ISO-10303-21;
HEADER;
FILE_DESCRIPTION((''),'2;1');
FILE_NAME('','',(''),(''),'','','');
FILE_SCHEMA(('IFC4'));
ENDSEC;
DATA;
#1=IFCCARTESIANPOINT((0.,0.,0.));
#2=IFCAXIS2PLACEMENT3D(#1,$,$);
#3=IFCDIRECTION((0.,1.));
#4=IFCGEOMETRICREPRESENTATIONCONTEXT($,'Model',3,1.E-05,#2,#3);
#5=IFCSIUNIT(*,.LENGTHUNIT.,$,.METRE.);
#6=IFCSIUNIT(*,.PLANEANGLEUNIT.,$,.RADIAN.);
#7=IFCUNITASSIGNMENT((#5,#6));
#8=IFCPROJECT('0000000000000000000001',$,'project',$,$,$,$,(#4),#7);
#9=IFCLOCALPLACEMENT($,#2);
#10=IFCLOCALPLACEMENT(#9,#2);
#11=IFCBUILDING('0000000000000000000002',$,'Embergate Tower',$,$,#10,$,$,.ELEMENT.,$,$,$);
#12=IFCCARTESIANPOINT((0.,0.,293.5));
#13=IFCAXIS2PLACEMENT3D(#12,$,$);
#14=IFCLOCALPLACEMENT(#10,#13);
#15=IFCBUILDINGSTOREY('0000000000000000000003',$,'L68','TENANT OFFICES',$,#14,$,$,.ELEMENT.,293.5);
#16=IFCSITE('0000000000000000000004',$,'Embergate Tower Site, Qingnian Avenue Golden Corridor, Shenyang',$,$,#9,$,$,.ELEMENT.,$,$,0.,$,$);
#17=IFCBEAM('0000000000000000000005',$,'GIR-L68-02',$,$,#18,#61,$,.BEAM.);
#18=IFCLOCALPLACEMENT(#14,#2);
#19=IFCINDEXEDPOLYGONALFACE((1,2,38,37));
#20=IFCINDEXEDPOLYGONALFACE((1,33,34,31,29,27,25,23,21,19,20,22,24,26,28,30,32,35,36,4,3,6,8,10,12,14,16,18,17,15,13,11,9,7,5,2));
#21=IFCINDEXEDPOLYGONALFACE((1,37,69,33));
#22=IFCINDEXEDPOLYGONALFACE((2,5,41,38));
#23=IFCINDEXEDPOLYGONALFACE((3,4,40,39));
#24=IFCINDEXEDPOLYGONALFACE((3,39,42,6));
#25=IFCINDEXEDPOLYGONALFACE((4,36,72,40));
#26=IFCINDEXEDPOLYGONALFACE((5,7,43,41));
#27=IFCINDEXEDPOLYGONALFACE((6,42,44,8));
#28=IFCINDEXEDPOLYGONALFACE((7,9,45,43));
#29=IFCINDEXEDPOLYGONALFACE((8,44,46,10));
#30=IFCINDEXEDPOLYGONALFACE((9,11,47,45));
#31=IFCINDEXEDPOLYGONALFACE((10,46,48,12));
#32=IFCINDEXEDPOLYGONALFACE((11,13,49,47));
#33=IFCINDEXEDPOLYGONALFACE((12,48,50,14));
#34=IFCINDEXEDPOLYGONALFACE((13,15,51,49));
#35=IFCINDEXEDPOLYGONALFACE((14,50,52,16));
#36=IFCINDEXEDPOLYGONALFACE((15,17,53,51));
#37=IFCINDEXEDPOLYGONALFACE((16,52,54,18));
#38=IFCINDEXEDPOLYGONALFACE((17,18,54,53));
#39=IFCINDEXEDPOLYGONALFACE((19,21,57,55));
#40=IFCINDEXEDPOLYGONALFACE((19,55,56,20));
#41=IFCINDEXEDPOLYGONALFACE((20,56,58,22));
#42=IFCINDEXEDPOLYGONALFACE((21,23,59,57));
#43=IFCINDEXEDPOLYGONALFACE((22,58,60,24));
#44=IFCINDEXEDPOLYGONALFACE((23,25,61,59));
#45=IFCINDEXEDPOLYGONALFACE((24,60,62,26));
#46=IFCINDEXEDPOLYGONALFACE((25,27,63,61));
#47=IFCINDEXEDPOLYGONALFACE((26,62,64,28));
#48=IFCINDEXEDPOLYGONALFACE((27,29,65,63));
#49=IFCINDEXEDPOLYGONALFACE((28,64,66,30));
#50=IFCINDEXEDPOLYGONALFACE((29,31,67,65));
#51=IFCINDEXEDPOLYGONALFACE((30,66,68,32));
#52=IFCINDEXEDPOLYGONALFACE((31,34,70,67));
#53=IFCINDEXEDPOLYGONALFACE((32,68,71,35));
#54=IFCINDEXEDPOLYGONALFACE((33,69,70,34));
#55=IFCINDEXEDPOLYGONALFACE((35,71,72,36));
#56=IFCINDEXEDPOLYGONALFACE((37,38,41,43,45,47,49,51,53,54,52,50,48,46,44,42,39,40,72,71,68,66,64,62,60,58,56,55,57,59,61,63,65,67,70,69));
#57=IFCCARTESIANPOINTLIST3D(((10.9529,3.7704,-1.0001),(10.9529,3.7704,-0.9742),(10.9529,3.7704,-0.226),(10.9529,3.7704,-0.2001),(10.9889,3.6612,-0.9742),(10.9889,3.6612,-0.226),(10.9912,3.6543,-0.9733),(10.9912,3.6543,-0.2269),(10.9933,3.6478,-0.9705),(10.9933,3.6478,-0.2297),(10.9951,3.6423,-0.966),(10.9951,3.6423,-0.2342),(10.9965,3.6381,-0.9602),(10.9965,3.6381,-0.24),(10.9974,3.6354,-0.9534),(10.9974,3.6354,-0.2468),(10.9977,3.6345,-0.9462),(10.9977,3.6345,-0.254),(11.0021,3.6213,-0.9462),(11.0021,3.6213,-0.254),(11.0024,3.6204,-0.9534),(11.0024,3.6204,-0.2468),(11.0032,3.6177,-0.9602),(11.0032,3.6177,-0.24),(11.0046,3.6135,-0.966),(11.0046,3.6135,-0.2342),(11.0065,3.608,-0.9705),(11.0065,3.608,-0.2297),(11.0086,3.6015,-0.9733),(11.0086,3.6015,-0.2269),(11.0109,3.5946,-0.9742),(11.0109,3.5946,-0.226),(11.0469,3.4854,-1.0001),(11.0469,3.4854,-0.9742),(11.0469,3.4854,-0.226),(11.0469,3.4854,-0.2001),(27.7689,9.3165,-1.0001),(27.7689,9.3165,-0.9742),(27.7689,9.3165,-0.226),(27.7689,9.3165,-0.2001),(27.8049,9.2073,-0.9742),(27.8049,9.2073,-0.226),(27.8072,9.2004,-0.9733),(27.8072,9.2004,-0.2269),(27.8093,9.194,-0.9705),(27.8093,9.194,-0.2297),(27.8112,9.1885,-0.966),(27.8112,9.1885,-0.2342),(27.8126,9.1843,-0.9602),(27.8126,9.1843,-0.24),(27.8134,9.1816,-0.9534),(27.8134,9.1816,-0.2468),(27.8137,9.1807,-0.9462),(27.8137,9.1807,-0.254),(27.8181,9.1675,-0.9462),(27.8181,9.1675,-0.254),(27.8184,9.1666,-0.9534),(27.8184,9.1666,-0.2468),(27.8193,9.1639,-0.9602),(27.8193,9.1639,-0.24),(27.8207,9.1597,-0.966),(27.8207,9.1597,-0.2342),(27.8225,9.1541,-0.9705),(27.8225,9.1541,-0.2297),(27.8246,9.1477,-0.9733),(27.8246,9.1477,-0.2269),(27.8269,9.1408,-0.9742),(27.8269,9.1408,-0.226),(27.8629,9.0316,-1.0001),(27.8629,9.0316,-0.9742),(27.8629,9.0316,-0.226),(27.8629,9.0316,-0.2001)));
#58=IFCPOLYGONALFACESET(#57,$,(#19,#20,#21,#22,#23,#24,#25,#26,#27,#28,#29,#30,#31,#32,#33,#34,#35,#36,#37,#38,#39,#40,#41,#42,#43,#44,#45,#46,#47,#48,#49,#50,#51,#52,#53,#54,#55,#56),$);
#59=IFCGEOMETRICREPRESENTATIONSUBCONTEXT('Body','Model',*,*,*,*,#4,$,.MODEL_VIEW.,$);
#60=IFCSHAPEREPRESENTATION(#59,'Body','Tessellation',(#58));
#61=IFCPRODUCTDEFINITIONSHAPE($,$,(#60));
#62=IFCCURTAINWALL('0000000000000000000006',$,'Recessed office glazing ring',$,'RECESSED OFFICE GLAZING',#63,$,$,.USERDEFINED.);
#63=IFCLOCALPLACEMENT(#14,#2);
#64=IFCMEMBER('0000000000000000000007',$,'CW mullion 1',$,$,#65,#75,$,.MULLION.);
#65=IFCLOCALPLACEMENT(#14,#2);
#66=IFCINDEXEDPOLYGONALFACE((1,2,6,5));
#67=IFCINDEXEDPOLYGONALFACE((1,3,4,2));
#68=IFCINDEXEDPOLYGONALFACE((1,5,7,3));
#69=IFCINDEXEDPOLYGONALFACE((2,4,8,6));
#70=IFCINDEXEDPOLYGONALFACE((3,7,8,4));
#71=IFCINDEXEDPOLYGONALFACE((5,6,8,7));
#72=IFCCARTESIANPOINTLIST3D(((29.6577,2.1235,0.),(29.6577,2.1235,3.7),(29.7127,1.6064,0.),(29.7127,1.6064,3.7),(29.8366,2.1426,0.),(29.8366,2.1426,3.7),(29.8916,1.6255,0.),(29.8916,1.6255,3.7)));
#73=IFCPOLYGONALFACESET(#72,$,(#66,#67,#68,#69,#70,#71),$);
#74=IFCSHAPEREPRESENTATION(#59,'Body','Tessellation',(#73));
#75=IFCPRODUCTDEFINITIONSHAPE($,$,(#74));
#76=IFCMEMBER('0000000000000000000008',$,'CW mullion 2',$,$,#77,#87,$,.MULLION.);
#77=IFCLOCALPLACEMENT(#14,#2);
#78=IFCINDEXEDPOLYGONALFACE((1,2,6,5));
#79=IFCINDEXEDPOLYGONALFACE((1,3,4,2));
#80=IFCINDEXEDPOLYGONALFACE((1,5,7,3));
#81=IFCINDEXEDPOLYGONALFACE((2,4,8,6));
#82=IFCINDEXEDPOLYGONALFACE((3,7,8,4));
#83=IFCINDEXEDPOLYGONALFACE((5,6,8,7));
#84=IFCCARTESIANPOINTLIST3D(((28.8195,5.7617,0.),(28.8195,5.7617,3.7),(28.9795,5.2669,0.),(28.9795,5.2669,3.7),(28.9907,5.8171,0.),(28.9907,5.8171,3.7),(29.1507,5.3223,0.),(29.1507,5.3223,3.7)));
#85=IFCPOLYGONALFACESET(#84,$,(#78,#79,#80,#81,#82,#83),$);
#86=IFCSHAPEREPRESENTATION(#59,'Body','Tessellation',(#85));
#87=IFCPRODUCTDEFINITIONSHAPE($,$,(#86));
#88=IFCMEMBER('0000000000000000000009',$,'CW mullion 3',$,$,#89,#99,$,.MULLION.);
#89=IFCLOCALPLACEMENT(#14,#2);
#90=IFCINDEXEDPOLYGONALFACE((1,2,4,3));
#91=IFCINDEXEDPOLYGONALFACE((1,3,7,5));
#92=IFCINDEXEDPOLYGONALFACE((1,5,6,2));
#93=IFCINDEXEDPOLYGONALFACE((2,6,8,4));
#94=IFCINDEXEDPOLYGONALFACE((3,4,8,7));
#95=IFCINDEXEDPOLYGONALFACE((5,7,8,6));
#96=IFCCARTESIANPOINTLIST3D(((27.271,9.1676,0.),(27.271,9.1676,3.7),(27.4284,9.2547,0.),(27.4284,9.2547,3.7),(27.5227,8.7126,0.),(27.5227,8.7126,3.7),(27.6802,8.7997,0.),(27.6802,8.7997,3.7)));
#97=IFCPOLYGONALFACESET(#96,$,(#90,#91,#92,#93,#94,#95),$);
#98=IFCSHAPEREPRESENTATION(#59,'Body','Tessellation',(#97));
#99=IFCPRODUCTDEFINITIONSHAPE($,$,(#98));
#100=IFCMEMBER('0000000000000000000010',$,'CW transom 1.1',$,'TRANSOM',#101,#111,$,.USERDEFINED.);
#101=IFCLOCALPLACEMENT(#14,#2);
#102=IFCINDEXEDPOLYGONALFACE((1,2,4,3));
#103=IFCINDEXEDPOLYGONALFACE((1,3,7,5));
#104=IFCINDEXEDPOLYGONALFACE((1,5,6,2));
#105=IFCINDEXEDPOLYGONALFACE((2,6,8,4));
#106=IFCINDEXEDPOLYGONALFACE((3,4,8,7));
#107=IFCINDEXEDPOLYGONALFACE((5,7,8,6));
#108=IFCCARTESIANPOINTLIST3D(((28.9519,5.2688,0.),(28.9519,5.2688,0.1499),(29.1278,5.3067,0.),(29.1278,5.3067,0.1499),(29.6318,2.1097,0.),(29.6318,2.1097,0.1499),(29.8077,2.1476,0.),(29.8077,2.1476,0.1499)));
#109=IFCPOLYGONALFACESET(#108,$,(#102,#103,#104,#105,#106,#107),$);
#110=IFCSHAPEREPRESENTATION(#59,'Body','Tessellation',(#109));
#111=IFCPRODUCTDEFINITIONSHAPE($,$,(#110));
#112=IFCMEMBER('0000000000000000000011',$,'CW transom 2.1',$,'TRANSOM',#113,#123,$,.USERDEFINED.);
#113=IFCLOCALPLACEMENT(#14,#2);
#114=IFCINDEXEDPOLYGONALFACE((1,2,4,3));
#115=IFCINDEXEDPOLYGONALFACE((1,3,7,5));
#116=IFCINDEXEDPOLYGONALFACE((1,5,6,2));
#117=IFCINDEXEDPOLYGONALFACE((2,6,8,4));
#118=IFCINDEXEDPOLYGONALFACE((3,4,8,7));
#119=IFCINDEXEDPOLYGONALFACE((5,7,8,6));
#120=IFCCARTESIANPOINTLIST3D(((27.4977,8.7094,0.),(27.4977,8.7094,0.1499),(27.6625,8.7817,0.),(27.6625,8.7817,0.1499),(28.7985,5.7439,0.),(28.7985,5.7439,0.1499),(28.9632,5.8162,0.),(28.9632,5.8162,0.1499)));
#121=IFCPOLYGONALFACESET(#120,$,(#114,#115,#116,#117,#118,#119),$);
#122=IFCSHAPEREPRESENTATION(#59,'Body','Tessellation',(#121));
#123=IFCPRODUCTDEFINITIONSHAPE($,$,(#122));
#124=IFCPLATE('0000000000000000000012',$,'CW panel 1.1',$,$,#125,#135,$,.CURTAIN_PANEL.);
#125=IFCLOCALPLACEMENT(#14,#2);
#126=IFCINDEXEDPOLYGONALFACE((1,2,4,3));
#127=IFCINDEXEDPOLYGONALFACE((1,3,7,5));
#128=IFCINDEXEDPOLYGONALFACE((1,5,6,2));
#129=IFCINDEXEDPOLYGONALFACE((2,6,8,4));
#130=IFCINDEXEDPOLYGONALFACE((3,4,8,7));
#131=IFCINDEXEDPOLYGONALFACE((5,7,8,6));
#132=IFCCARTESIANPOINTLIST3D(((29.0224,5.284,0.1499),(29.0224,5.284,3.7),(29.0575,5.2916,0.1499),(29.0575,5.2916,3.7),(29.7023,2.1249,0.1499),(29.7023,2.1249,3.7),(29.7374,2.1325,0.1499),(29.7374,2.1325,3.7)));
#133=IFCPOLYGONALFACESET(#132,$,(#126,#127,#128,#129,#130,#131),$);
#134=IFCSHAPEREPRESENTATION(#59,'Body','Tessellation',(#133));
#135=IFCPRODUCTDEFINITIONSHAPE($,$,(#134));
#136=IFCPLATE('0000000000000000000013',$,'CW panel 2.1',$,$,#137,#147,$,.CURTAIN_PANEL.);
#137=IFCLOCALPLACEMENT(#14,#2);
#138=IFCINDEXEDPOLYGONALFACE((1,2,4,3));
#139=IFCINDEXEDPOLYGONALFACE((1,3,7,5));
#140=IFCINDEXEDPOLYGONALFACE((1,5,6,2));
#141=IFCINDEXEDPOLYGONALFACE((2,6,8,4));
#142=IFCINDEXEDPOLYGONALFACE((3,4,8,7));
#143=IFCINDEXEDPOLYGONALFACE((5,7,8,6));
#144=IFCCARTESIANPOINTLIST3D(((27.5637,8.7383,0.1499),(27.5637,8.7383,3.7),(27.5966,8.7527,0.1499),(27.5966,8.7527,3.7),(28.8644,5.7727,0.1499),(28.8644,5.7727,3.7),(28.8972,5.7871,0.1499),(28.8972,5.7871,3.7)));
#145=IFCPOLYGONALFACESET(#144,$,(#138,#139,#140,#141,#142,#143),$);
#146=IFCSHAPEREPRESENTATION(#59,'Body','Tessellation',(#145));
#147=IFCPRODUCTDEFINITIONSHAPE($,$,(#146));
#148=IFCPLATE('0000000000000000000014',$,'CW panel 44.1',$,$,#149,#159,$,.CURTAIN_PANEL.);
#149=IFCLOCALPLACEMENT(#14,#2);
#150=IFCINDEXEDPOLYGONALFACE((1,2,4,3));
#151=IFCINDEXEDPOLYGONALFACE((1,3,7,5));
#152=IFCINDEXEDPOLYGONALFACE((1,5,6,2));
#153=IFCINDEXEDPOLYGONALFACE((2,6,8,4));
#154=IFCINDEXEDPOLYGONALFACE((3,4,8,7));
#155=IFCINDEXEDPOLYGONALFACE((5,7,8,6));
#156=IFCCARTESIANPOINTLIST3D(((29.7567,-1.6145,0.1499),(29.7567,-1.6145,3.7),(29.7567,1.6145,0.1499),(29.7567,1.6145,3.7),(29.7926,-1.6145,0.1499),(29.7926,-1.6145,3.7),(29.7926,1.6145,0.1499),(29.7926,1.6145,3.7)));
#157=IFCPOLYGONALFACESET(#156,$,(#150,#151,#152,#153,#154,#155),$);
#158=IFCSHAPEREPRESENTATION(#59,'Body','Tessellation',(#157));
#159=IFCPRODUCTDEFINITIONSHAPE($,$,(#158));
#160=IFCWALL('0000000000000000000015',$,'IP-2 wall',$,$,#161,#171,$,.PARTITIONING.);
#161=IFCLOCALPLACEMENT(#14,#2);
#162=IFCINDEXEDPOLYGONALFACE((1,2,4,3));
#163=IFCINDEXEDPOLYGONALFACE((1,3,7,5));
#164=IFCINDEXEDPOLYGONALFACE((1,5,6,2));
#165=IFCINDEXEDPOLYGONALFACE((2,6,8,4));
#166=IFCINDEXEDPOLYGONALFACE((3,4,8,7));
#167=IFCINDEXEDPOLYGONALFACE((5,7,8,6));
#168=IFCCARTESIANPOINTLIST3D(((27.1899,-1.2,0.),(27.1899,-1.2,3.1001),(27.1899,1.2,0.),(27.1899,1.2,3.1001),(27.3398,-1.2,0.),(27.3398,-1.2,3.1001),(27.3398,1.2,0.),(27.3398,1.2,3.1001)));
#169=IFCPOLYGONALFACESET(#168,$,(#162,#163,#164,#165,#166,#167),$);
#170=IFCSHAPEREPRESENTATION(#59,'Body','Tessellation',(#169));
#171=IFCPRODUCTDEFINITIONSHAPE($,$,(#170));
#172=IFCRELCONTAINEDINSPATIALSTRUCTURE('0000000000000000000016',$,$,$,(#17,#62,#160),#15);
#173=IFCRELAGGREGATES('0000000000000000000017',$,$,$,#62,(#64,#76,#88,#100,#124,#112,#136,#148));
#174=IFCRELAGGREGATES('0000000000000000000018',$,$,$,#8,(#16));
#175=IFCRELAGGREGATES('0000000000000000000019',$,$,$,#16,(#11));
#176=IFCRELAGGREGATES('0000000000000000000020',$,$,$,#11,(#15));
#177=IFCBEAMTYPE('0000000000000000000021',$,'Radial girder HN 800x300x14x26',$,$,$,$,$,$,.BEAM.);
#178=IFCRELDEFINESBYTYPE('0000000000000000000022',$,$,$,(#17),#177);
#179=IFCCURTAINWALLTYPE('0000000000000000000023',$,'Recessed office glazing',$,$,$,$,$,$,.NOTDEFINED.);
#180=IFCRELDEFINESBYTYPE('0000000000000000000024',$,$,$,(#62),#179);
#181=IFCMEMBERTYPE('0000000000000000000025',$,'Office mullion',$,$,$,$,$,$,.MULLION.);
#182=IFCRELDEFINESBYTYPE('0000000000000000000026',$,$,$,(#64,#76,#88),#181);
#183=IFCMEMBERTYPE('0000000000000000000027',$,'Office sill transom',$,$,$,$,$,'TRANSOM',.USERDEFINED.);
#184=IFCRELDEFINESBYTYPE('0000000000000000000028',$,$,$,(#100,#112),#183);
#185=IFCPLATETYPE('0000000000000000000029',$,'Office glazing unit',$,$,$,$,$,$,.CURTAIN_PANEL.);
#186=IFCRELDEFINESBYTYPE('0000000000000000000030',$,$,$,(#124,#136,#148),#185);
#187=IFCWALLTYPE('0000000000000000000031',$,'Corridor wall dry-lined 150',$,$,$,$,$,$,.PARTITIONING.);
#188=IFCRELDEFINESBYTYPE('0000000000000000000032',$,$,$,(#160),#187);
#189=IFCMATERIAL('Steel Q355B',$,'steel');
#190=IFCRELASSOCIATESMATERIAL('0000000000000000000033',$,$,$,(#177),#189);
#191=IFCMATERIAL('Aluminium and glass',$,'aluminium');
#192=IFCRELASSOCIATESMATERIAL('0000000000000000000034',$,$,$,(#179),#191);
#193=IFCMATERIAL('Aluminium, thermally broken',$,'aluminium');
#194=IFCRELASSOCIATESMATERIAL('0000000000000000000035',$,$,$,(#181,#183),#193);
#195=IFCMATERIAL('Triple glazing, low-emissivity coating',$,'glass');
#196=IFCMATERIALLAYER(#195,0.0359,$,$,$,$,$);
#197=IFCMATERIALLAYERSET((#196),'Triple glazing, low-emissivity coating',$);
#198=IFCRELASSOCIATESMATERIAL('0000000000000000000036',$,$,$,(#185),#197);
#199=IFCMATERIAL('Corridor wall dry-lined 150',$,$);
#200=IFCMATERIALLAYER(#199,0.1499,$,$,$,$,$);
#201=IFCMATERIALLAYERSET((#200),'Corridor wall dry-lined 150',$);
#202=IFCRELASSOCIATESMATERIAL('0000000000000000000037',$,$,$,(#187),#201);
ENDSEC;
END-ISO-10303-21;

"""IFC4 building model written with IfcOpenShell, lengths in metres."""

from ifc_helpers import new_model, si_unit, direction, frame, frame_2d, origin, origin_2d, place, context, subcontext, project, spatial, rectangle, i_section, extrude, source, transform, mapped, material, layer, layer_set, material_profile, profile_set, type_object, element, aggregate, save


model = new_model("IFC4")

# Units and contexts
model_context = context("Model", 3, precision=1e-05, world=origin(), true_north=direction((0.0, 1.0)))
body_context = subcontext(model_context, "Body", "Model", "MODEL_VIEW")
ifc_project = project(units=[si_unit("LENGTHUNIT", "METRE"), si_unit("PLANEANGLEUNIT", "RADIAN")], contexts=[model_context])

# Site, building, storey
site_placement = place(None, origin())
site = spatial("IfcSite", under=ifc_project, at=site_placement, Name="Embergate Tower Site, Qingnian Avenue Golden Corridor, Shenyang", CompositionType="ELEMENT", RefElevation=0.0)
building_placement = place(site_placement, origin())
building = spatial("IfcBuilding", under=site, at=building_placement, Name="Embergate Tower", CompositionType="ELEMENT")
storey_placement = place(building_placement, frame((0.0, 0.0, 293.5)))
storey = spatial("IfcBuildingStorey", under=building, at=storey_placement, Name="L68", Description="TENANT OFFICES", CompositionType="ELEMENT", Elevation=293.5)

# Beam
ifc_material_1 = material(Name="Steel Q355B", Category="steel")
ifc_material_profile_1 = material_profile(ifc_material_1, i_section(OverallWidth=0.3, OverallDepth=0.8, WebThickness=0.0139, FlangeThickness=0.0259, FilletRadius=0.0281, at=origin_2d()), Name="HN 800x300x14x26")
ifc_profile_set_1 = profile_set([ifc_material_profile_1], Name="Steel Q355 grade B")
beam_type_1 = type_object("IfcBeamType", Name="Radial girder HN 800x300x14x26", PredefinedType="BEAM", material=ifc_profile_set_1)
shared_shape_1 = source(origin(), body_context, "Body", "SweptSolid", [
    extrude(i_section(OverallWidth=0.3, OverallDepth=0.8, WebThickness=0.0139, FlangeThickness=0.0259, FilletRadius=0.0281, at=origin_2d()), origin(), (0.0, 0.0, 1.0), 17.707),
])
beam_1_placement = place(storey_placement, frame((27.8159, 9.1741, -0.6001), z_axis=(-0.949681, -0.313219, 0.0), x_axis=(0.313219, -0.949681, 0.0)))
element("IfcBeam", 1, at=beam_1_placement, inside=storey, type_object=beam_type_1, Name="GIR-L68-02", PredefinedType="BEAM", context=body_context, shape_type="MappedRepresentation", body=[
    mapped(shared_shape_1, transform((0.0, 0.0, 0.0))),
])

# Curtain wall, members, plates
ifc_material_2 = material(Name="Aluminium and glass", Category="aluminium")
curtain_wall_type = type_object("IfcCurtainWallType", Name="Recessed office glazing", PredefinedType="NOTDEFINED", material=ifc_material_2)
curtain_wall_placement = place(storey_placement, origin())
curtain_wall = element("IfcCurtainWall", 2, at=curtain_wall_placement, inside=storey, type_object=curtain_wall_type, Name="Recessed office glazing ring", ObjectType="RECESSED OFFICE GLAZING", PredefinedType="USERDEFINED")
ifc_material_3 = material(Name="Aluminium, thermally broken", Category="aluminium")
ifc_material_profile_2 = material_profile(ifc_material_3, rectangle(XDim=0.1799, YDim=0.52, at=origin_2d()), Name="AL 520x180")
ifc_profile_set_2 = profile_set([ifc_material_profile_2], Name="Aluminium, thermally broken")
member_type_1 = type_object("IfcMemberType", Name="Office mullion", PredefinedType="MULLION", material=ifc_profile_set_2)
shared_shape_2 = source(origin(), body_context, "Body", "SweptSolid", [
    extrude(rectangle(XDim=0.1799, YDim=0.52, at=origin_2d()), origin(), (0.0, 0.0, 1.0), 3.7),
])
member_1_placement = place(storey_placement, frame((29.7747, 1.8745, 0.0), z_axis=(0.0, 0.0, 1.0), x_axis=(-0.994384, -0.10583, 0.0)))
member_1 = element("IfcMember", 3, at=member_1_placement, type_object=member_type_1, Name="CW mullion 1", PredefinedType="MULLION", context=body_context, shape_type="MappedRepresentation", body=[
    mapped(shared_shape_2, transform((0.0, 0.0, 0.0))),
])
member_2_placement = place(storey_placement, frame((28.9851, 5.542, 0.0), z_axis=(0.0, 0.0, 1.0), x_axis=(-0.951494, -0.307669, 0.0)))
member_2 = element("IfcMember", 4, at=member_2_placement, type_object=member_type_1, Name="CW mullion 2", PredefinedType="MULLION", context=body_context, shape_type="MappedRepresentation", body=[
    mapped(shared_shape_2, transform((0.0, 0.0, 0.0))),
])
member_3_placement = place(storey_placement, frame((27.4756, 8.9836, 0.0), z_axis=(0.0, 0.0, 1.0), x_axis=(-0.874993, -0.484135, 0.0)))
member_3 = element("IfcMember", 5, at=member_3_placement, type_object=member_type_1, Name="CW mullion 3", PredefinedType="MULLION", context=body_context, shape_type="MappedRepresentation", body=[
    mapped(shared_shape_2, transform((0.0, 0.0, 0.0))),
])
ifc_material_profile_3 = material_profile(ifc_material_3, rectangle(XDim=0.1799, YDim=0.1499, at=origin_2d()), Name="AL 150x180")
ifc_profile_set_3 = profile_set([ifc_material_profile_3], Name="Aluminium, thermally broken")
member_type_2 = type_object("IfcMemberType", Name="Office sill transom", ElementType="TRANSOM", PredefinedType="USERDEFINED", material=ifc_profile_set_3)
shared_shape_3 = source(origin(), body_context, "Body", "SweptSolid", [
    extrude(rectangle(XDim=0.1799, YDim=0.1499, at=origin_2d()), origin(), (0.0, 0.0, 1.0), 3.2314),
])
member_4_placement = place(storey_placement, frame((29.7197, 2.1287, 0.075), z_axis=(-0.210406, 0.977614, 0.0), x_axis=(-0.977614, -0.210406, 0.0)))
member_4 = element("IfcMember", 6, at=member_4_placement, type_object=member_type_2, Name="CW transom 1.1", ObjectType="TRANSOM", PredefinedType="USERDEFINED", context=body_context, shape_type="MappedRepresentation", body=[
    mapped(shared_shape_3, transform((0.0, 0.0, 0.0))),
])
shared_shape_4 = source(origin(), body_context, "Body", "SweptSolid", [
    extrude(rectangle(XDim=0.1799, YDim=0.1499, at=origin_2d()), origin(), (0.0, 0.0, 1.0), 3.2383),
])
member_5_placement = place(storey_placement, frame((28.8809, 5.78, 0.075), z_axis=(-0.401685, 0.915778, 0.0), x_axis=(-0.915778, -0.401685, 0.0)))
member_5 = element("IfcMember", 7, at=member_5_placement, type_object=member_type_2, Name="CW transom 2.1", ObjectType="TRANSOM", PredefinedType="USERDEFINED", context=body_context, shape_type="MappedRepresentation", body=[
    mapped(shared_shape_4, transform((0.0, 0.0, 0.0))),
])
ifc_material_4 = material(Name="Triple glazing, low-emissivity coating", Category="glass")
ifc_layer_1 = layer(ifc_material_4, 0.0359)
ifc_layer_set_1 = layer_set([ifc_layer_1], Name="Triple glazing, low-emissivity coating")
plate_type = type_object("IfcPlateType", Name="Office glazing unit", PredefinedType="CURTAIN_PANEL", material=ifc_layer_set_1)
shared_shape_5 = source(origin(), body_context, "Body", "SweptSolid", [
    extrude(rectangle(XDim=3.2314, YDim=0.0359, at=origin_2d()), origin(), (0.0, 0.0, 1.0), 3.55),
])
plate_1_placement = place(storey_placement, frame((29.3799, 3.7083, 0.1499), z_axis=(0.0, 0.0, 1.0), x_axis=(-0.210398, 0.977616, 0.0)))
plate_1 = element("IfcPlate", 8, at=plate_1_placement, type_object=plate_type, Name="CW panel 1.1", PredefinedType="CURTAIN_PANEL", context=body_context, shape_type="MappedRepresentation", body=[
    mapped(shared_shape_5, transform((0.0, 0.0, 0.0))),
])
shared_shape_6 = source(origin(), body_context, "Body", "SweptSolid", [
    extrude(rectangle(XDim=3.2383, YDim=0.0359, at=origin_2d()), origin(), (0.0, 0.0, 1.0), 3.55),
])
plate_2_placement = place(storey_placement, frame((28.2305, 7.2627, 0.1499), z_axis=(0.0, 0.0, 1.0), x_axis=(-0.401654, 0.915792, 0.0)))
plate_2 = element("IfcPlate", 9, at=plate_2_placement, type_object=plate_type, Name="CW panel 2.1", PredefinedType="CURTAIN_PANEL", context=body_context, shape_type="MappedRepresentation", body=[
    mapped(shared_shape_6, transform((0.0, 0.0, 0.0))),
])
shared_shape_7 = source(origin(), body_context, "Body", "SweptSolid", [
    extrude(rectangle(XDim=3.229, YDim=0.0359, at=origin_2d()), origin(), (0.0, 0.0, 1.0), 3.55),
])
plate_3_placement = place(storey_placement, frame((29.7747, 0.0, 0.1499), z_axis=(0.0, 0.0, 1.0), x_axis=(0.0, 1.0, 0.0)))
plate_3 = element("IfcPlate", 10, at=plate_3_placement, type_object=plate_type, Name="CW panel 44.1", PredefinedType="CURTAIN_PANEL", context=body_context, shape_type="MappedRepresentation", body=[
    mapped(shared_shape_7, transform((0.0, 0.0, 0.0))),
])
aggregate(curtain_wall, [member_1, member_2, member_3, member_4, plate_1, member_5, plate_2, plate_3])

# Wall
ifc_material_5 = material(Name="Corridor wall dry-lined 150")
ifc_layer_2 = layer(ifc_material_5, 0.1499)
ifc_layer_set_2 = layer_set([ifc_layer_2], Name="Corridor wall dry-lined 150")
wall_type_1 = type_object("IfcWallType", Name="Corridor wall dry-lined 150", PredefinedType="PARTITIONING", material=ifc_layer_set_2)
shared_shape_8 = source(origin(), body_context, "Body", "SweptSolid", [
    extrude(rectangle(XDim=2.3999, YDim=0.1499, at=frame_2d((1.2, 0.0))), origin(), (0.0, 0.0, 1.0), 3.1001),
])
wall_1_placement = place(storey_placement, frame((27.2649, 1.2, 0.0), z_axis=(0.0, 0.0, 1.0), x_axis=(0.0, -1.0, 0.0)))
element("IfcWall", 11, at=wall_1_placement, inside=storey, type_object=wall_type_1, Name="IP-2 wall", PredefinedType="PARTITIONING", context=body_context, shape_type="MappedRepresentation", body=[
    mapped(shared_shape_8, transform((0.0, 0.0, 0.0))),
])

save(model, "model.ifc")
